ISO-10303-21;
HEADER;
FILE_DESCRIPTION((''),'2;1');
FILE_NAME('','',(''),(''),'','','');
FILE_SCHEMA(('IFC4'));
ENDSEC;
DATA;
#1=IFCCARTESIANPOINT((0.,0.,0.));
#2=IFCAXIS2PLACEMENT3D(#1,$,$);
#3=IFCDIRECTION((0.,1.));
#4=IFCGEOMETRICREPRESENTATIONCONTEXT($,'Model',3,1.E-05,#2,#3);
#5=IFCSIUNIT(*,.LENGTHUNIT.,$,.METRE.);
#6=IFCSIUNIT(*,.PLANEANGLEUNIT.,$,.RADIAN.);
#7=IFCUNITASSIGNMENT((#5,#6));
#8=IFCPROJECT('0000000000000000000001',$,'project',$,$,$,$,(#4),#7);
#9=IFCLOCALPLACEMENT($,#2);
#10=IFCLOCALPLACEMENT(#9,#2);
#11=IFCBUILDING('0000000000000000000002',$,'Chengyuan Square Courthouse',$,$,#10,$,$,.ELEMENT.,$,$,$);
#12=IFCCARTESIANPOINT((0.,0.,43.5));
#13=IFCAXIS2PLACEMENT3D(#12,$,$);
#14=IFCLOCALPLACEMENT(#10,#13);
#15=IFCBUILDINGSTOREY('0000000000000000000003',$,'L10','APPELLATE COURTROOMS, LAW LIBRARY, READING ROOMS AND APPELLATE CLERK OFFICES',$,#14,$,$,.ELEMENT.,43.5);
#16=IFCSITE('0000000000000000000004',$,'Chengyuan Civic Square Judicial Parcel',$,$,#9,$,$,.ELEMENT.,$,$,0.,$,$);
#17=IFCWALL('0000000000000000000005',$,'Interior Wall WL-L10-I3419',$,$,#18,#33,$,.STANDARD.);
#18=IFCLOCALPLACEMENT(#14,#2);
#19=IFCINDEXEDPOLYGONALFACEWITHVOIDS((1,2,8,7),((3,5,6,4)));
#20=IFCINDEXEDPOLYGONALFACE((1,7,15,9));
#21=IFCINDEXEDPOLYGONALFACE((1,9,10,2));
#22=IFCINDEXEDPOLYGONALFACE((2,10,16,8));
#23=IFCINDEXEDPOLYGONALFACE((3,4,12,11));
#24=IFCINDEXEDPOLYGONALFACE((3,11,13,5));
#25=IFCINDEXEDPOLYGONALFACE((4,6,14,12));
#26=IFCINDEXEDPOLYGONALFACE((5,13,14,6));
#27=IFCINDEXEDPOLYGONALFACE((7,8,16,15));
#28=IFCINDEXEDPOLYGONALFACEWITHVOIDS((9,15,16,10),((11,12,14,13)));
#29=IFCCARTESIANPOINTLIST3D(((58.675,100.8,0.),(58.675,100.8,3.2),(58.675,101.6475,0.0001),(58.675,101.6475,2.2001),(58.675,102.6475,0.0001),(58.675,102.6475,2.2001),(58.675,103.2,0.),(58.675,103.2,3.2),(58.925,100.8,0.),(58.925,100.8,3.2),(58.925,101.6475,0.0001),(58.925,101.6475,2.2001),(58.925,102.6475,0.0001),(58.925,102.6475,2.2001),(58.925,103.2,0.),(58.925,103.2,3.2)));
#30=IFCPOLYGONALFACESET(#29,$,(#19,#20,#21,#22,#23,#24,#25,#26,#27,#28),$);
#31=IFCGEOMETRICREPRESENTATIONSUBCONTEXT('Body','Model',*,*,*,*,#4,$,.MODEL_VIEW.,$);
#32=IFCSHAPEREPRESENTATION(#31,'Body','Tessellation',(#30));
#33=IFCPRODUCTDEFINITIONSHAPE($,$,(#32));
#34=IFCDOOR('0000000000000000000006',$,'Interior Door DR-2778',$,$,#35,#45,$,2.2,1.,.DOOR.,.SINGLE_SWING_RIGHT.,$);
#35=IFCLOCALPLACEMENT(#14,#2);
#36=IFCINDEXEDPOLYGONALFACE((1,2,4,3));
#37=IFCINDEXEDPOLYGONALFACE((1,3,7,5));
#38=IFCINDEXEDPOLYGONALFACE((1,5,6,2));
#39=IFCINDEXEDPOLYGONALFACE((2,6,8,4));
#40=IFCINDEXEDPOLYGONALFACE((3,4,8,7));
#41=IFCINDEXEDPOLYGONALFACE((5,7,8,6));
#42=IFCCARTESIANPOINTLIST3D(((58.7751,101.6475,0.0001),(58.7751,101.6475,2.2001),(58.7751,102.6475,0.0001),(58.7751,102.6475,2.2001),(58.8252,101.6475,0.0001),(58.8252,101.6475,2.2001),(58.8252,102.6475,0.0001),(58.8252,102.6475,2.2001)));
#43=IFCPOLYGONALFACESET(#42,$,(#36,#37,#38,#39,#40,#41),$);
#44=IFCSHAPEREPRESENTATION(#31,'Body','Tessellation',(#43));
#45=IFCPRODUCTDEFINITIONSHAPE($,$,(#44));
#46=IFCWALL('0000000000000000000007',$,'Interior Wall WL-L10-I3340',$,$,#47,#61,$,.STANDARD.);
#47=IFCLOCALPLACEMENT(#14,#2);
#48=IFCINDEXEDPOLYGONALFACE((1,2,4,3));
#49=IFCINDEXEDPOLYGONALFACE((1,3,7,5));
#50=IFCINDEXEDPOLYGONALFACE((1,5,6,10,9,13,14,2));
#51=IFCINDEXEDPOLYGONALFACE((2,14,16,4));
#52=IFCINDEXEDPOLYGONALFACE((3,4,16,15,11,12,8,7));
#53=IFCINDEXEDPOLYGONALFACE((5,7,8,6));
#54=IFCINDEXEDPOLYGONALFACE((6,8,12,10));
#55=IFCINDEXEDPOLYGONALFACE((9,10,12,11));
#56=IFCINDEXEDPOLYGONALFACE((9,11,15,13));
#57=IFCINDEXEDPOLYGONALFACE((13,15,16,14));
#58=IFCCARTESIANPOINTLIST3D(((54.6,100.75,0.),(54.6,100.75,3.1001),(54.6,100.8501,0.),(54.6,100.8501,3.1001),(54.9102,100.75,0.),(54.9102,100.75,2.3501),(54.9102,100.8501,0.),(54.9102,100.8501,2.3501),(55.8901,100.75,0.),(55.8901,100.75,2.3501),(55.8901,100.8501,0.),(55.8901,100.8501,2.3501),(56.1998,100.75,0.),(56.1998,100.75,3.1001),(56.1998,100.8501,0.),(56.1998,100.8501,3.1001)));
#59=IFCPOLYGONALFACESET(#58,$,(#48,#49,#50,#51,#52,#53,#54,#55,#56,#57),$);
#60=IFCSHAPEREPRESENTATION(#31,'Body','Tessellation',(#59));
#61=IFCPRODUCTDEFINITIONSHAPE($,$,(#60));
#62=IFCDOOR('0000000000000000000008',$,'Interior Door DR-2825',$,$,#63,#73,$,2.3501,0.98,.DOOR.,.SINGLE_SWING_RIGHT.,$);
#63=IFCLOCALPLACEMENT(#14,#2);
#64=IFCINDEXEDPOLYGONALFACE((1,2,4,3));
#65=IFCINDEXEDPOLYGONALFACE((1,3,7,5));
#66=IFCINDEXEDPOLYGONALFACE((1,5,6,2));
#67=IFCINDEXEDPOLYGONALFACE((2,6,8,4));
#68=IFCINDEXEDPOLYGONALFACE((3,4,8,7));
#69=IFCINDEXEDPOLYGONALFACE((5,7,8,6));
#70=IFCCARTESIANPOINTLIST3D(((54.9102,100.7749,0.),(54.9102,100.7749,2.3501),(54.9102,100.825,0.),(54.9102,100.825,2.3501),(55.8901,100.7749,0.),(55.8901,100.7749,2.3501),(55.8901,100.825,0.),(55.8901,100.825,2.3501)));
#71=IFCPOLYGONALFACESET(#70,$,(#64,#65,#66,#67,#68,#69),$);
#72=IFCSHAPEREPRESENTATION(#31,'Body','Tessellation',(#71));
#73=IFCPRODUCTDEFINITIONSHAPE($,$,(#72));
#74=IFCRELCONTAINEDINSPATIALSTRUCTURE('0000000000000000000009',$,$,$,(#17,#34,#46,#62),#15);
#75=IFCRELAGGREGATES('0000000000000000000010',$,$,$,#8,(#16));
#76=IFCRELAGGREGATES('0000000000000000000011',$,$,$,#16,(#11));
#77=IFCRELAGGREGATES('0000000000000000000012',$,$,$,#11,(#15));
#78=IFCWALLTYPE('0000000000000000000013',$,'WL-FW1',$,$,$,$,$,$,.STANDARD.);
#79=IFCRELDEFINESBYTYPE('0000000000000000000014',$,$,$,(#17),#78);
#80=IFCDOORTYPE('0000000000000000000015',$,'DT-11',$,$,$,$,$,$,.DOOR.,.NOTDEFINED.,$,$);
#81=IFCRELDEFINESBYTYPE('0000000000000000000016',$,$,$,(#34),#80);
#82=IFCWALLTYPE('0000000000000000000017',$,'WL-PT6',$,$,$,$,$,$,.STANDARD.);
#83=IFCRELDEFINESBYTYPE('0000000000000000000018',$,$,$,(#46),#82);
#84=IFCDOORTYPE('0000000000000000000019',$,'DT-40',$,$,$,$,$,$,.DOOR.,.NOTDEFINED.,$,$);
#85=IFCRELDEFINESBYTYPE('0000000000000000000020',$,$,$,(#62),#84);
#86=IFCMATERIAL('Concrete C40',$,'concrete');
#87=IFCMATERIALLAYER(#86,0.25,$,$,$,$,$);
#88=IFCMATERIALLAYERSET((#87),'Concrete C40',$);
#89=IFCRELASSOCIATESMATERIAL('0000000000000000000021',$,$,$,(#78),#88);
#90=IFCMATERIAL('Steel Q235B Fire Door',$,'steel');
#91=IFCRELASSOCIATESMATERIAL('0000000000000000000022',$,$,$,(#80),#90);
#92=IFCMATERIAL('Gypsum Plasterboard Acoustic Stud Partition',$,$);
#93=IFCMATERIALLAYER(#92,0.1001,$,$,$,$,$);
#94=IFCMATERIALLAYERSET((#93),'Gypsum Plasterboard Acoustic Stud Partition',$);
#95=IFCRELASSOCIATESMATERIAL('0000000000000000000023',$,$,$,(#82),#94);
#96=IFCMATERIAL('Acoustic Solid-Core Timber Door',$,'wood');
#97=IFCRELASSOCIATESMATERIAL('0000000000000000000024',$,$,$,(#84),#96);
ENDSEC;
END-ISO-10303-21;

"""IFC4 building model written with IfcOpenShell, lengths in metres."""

from ifc_helpers import new_model, si_unit, direction, frame, frame_2d, origin, place, context, subcontext, project, spatial, rectangle, extrude, material, layer, layer_set, type_object, element, fill, save


model = new_model("IFC4")

# Units and contexts
model_context = context("Model", 3, precision=1e-05, world=origin(), true_north=direction((0.0, 1.0)))
body_context = subcontext(model_context, "Body", "Model", "MODEL_VIEW")
ifc_project = project(units=[si_unit("LENGTHUNIT", "METRE"), si_unit("PLANEANGLEUNIT", "RADIAN")], contexts=[model_context])

# Site, building, storey
site_placement = place(None, origin())
site = spatial("IfcSite", under=ifc_project, at=site_placement, Name="Chengyuan Civic Square Judicial Parcel", CompositionType="ELEMENT", RefElevation=0.0)
building_placement = place(site_placement, origin())
building = spatial("IfcBuilding", under=site, at=building_placement, Name="Chengyuan Square Courthouse", CompositionType="ELEMENT")
storey_placement = place(building_placement, frame((0.0, 0.0, 43.5)))
storey = spatial("IfcBuildingStorey", under=building, at=storey_placement, Name="L10", Description="APPELLATE COURTROOMS, LAW LIBRARY, READING ROOMS AND APPELLATE CLERK OFFICES", CompositionType="ELEMENT", Elevation=43.5)

# Shared definitions
ifc_material_1 = material(Name="Concrete C40", Category="concrete")

# Walls, openings, doors
ifc_layer_1 = layer(ifc_material_1, 0.25)
ifc_layer_set_1 = layer_set([ifc_layer_1], Name="Concrete C40")
wall_type_1 = type_object("IfcWallType", Name="WL-FW1", PredefinedType="STANDARD", material=ifc_layer_set_1)
ifc_material_2 = material(Name="Steel Q235B Fire Door", Category="steel")
door_type_1 = type_object("IfcDoorType", Name="DT-11", OperationType="NOTDEFINED", PredefinedType="DOOR", material=ifc_material_2)
wall_1_placement = place(storey_placement, frame((58.8, 100.8, 0.0), z_axis=(0.0, 0.0, 1.0), x_axis=(0.0, 1.0, 0.0)))
wall_1 = element("IfcWall", 1, at=wall_1_placement, inside=storey, type_object=wall_type_1, Name="Interior Wall WL-L10-I3419", PredefinedType="STANDARD", context=body_context, shape_type="SweptSolid", body=[
    extrude(rectangle(XDim=2.3999, YDim=0.25, at=frame_2d((1.2, 0.0))), origin(), (0.0, 0.0, 1.0), 3.2),
])
opening_1_placement = place(wall_1_placement, frame((0.8474, 0.0, 0.0)))
opening_1 = element("IfcOpeningElement", 2, at=opening_1_placement, cuts=wall_1, PredefinedType="OPENING", context=body_context, shape_type="SweptSolid", body=[
    extrude(rectangle(XDim=1.0, YDim=2.2, at=frame_2d((0.5, 1.1001))), frame((0.0, 0.137, 0.0), z_axis=(0.0, -1.0, 0.0), x_axis=(1.0, 0.0, 0.0)), (0.0, 0.0, 1.0), 0.2739),
])
door_1_placement = place(opening_1_placement, origin())
door_1 = element("IfcDoor", 3, at=door_1_placement, inside=storey, type_object=door_type_1, Name="Interior Door DR-2778", OperationType="SINGLE_SWING_RIGHT", OverallHeight=2.2, OverallWidth=1.0, PredefinedType="DOOR", context=body_context, shape_type="SweptSolid", body=[
    extrude(rectangle(XDim=1.0, YDim=2.2, at=frame_2d((0.5, 1.1001))), frame((0.0, 0.0249, 0.0), z_axis=(0.0, -1.0, 0.0), x_axis=(1.0, 0.0, 0.0)), (0.0, 0.0, 1.0), 0.05),
])
fill(opening_1, door_1)
ifc_material_3 = material(Name="Acoustic Solid-Core Timber Door", Category="wood")
ifc_material_4 = material(Name="Gypsum Plasterboard Acoustic Stud Partition")
ifc_layer_2 = layer(ifc_material_4, 0.1001)
ifc_layer_set_2 = layer_set([ifc_layer_2], Name="Gypsum Plasterboard Acoustic Stud Partition")
wall_type_2 = type_object("IfcWallType", Name="WL-PT6", PredefinedType="STANDARD", material=ifc_layer_set_2)
wall_2_placement = place(storey_placement, frame((54.6001, 100.8, 0.0), z_axis=(0.0, 0.0, 1.0), x_axis=(1.0, 0.0, 0.0)))
wall_2 = element("IfcWall", 4, at=wall_2_placement, inside=storey, type_object=wall_type_2, Name="Interior Wall WL-L10-I3340", PredefinedType="STANDARD", context=body_context, shape_type="SweptSolid", body=[
    extrude(rectangle(XDim=1.5999, YDim=0.1001, at=frame_2d((0.7998, 0.0))), origin(), (0.0, 0.0, 1.0), 3.1001),
])
opening_2_placement = place(wall_2_placement, frame((0.3101, 0.0, 0.0)))
opening_2 = element("IfcOpeningElement", 5, at=opening_2_placement, cuts=wall_2, PredefinedType="OPENING", context=body_context, shape_type="SweptSolid", body=[
    extrude(rectangle(XDim=0.98, YDim=2.3501, at=frame_2d((0.49, 1.175))), frame((0.0, 0.062, 0.0), z_axis=(0.0, -1.0, 0.0), x_axis=(1.0, 0.0, 0.0)), (0.0, 0.0, 1.0), 0.124),
])
door_type_2 = type_object("IfcDoorType", Name="DT-40", OperationType="NOTDEFINED", PredefinedType="DOOR", material=ifc_material_3)
door_2_placement = place(opening_2_placement, origin())
door_2 = element("IfcDoor", 6, at=door_2_placement, inside=storey, type_object=door_type_2, Name="Interior Door DR-2825", OperationType="SINGLE_SWING_RIGHT", OverallHeight=2.3501, OverallWidth=0.98, PredefinedType="DOOR", context=body_context, shape_type="SweptSolid", body=[
    extrude(rectangle(XDim=0.98, YDim=2.3501, at=frame_2d((0.49, 1.175))), frame((0.0, 0.0249, 0.0), z_axis=(0.0, -1.0, 0.0), x_axis=(1.0, 0.0, 0.0)), (0.0, 0.0, 1.0), 0.05),
])
fill(opening_2, door_2)

save(model, "model.ifc")
